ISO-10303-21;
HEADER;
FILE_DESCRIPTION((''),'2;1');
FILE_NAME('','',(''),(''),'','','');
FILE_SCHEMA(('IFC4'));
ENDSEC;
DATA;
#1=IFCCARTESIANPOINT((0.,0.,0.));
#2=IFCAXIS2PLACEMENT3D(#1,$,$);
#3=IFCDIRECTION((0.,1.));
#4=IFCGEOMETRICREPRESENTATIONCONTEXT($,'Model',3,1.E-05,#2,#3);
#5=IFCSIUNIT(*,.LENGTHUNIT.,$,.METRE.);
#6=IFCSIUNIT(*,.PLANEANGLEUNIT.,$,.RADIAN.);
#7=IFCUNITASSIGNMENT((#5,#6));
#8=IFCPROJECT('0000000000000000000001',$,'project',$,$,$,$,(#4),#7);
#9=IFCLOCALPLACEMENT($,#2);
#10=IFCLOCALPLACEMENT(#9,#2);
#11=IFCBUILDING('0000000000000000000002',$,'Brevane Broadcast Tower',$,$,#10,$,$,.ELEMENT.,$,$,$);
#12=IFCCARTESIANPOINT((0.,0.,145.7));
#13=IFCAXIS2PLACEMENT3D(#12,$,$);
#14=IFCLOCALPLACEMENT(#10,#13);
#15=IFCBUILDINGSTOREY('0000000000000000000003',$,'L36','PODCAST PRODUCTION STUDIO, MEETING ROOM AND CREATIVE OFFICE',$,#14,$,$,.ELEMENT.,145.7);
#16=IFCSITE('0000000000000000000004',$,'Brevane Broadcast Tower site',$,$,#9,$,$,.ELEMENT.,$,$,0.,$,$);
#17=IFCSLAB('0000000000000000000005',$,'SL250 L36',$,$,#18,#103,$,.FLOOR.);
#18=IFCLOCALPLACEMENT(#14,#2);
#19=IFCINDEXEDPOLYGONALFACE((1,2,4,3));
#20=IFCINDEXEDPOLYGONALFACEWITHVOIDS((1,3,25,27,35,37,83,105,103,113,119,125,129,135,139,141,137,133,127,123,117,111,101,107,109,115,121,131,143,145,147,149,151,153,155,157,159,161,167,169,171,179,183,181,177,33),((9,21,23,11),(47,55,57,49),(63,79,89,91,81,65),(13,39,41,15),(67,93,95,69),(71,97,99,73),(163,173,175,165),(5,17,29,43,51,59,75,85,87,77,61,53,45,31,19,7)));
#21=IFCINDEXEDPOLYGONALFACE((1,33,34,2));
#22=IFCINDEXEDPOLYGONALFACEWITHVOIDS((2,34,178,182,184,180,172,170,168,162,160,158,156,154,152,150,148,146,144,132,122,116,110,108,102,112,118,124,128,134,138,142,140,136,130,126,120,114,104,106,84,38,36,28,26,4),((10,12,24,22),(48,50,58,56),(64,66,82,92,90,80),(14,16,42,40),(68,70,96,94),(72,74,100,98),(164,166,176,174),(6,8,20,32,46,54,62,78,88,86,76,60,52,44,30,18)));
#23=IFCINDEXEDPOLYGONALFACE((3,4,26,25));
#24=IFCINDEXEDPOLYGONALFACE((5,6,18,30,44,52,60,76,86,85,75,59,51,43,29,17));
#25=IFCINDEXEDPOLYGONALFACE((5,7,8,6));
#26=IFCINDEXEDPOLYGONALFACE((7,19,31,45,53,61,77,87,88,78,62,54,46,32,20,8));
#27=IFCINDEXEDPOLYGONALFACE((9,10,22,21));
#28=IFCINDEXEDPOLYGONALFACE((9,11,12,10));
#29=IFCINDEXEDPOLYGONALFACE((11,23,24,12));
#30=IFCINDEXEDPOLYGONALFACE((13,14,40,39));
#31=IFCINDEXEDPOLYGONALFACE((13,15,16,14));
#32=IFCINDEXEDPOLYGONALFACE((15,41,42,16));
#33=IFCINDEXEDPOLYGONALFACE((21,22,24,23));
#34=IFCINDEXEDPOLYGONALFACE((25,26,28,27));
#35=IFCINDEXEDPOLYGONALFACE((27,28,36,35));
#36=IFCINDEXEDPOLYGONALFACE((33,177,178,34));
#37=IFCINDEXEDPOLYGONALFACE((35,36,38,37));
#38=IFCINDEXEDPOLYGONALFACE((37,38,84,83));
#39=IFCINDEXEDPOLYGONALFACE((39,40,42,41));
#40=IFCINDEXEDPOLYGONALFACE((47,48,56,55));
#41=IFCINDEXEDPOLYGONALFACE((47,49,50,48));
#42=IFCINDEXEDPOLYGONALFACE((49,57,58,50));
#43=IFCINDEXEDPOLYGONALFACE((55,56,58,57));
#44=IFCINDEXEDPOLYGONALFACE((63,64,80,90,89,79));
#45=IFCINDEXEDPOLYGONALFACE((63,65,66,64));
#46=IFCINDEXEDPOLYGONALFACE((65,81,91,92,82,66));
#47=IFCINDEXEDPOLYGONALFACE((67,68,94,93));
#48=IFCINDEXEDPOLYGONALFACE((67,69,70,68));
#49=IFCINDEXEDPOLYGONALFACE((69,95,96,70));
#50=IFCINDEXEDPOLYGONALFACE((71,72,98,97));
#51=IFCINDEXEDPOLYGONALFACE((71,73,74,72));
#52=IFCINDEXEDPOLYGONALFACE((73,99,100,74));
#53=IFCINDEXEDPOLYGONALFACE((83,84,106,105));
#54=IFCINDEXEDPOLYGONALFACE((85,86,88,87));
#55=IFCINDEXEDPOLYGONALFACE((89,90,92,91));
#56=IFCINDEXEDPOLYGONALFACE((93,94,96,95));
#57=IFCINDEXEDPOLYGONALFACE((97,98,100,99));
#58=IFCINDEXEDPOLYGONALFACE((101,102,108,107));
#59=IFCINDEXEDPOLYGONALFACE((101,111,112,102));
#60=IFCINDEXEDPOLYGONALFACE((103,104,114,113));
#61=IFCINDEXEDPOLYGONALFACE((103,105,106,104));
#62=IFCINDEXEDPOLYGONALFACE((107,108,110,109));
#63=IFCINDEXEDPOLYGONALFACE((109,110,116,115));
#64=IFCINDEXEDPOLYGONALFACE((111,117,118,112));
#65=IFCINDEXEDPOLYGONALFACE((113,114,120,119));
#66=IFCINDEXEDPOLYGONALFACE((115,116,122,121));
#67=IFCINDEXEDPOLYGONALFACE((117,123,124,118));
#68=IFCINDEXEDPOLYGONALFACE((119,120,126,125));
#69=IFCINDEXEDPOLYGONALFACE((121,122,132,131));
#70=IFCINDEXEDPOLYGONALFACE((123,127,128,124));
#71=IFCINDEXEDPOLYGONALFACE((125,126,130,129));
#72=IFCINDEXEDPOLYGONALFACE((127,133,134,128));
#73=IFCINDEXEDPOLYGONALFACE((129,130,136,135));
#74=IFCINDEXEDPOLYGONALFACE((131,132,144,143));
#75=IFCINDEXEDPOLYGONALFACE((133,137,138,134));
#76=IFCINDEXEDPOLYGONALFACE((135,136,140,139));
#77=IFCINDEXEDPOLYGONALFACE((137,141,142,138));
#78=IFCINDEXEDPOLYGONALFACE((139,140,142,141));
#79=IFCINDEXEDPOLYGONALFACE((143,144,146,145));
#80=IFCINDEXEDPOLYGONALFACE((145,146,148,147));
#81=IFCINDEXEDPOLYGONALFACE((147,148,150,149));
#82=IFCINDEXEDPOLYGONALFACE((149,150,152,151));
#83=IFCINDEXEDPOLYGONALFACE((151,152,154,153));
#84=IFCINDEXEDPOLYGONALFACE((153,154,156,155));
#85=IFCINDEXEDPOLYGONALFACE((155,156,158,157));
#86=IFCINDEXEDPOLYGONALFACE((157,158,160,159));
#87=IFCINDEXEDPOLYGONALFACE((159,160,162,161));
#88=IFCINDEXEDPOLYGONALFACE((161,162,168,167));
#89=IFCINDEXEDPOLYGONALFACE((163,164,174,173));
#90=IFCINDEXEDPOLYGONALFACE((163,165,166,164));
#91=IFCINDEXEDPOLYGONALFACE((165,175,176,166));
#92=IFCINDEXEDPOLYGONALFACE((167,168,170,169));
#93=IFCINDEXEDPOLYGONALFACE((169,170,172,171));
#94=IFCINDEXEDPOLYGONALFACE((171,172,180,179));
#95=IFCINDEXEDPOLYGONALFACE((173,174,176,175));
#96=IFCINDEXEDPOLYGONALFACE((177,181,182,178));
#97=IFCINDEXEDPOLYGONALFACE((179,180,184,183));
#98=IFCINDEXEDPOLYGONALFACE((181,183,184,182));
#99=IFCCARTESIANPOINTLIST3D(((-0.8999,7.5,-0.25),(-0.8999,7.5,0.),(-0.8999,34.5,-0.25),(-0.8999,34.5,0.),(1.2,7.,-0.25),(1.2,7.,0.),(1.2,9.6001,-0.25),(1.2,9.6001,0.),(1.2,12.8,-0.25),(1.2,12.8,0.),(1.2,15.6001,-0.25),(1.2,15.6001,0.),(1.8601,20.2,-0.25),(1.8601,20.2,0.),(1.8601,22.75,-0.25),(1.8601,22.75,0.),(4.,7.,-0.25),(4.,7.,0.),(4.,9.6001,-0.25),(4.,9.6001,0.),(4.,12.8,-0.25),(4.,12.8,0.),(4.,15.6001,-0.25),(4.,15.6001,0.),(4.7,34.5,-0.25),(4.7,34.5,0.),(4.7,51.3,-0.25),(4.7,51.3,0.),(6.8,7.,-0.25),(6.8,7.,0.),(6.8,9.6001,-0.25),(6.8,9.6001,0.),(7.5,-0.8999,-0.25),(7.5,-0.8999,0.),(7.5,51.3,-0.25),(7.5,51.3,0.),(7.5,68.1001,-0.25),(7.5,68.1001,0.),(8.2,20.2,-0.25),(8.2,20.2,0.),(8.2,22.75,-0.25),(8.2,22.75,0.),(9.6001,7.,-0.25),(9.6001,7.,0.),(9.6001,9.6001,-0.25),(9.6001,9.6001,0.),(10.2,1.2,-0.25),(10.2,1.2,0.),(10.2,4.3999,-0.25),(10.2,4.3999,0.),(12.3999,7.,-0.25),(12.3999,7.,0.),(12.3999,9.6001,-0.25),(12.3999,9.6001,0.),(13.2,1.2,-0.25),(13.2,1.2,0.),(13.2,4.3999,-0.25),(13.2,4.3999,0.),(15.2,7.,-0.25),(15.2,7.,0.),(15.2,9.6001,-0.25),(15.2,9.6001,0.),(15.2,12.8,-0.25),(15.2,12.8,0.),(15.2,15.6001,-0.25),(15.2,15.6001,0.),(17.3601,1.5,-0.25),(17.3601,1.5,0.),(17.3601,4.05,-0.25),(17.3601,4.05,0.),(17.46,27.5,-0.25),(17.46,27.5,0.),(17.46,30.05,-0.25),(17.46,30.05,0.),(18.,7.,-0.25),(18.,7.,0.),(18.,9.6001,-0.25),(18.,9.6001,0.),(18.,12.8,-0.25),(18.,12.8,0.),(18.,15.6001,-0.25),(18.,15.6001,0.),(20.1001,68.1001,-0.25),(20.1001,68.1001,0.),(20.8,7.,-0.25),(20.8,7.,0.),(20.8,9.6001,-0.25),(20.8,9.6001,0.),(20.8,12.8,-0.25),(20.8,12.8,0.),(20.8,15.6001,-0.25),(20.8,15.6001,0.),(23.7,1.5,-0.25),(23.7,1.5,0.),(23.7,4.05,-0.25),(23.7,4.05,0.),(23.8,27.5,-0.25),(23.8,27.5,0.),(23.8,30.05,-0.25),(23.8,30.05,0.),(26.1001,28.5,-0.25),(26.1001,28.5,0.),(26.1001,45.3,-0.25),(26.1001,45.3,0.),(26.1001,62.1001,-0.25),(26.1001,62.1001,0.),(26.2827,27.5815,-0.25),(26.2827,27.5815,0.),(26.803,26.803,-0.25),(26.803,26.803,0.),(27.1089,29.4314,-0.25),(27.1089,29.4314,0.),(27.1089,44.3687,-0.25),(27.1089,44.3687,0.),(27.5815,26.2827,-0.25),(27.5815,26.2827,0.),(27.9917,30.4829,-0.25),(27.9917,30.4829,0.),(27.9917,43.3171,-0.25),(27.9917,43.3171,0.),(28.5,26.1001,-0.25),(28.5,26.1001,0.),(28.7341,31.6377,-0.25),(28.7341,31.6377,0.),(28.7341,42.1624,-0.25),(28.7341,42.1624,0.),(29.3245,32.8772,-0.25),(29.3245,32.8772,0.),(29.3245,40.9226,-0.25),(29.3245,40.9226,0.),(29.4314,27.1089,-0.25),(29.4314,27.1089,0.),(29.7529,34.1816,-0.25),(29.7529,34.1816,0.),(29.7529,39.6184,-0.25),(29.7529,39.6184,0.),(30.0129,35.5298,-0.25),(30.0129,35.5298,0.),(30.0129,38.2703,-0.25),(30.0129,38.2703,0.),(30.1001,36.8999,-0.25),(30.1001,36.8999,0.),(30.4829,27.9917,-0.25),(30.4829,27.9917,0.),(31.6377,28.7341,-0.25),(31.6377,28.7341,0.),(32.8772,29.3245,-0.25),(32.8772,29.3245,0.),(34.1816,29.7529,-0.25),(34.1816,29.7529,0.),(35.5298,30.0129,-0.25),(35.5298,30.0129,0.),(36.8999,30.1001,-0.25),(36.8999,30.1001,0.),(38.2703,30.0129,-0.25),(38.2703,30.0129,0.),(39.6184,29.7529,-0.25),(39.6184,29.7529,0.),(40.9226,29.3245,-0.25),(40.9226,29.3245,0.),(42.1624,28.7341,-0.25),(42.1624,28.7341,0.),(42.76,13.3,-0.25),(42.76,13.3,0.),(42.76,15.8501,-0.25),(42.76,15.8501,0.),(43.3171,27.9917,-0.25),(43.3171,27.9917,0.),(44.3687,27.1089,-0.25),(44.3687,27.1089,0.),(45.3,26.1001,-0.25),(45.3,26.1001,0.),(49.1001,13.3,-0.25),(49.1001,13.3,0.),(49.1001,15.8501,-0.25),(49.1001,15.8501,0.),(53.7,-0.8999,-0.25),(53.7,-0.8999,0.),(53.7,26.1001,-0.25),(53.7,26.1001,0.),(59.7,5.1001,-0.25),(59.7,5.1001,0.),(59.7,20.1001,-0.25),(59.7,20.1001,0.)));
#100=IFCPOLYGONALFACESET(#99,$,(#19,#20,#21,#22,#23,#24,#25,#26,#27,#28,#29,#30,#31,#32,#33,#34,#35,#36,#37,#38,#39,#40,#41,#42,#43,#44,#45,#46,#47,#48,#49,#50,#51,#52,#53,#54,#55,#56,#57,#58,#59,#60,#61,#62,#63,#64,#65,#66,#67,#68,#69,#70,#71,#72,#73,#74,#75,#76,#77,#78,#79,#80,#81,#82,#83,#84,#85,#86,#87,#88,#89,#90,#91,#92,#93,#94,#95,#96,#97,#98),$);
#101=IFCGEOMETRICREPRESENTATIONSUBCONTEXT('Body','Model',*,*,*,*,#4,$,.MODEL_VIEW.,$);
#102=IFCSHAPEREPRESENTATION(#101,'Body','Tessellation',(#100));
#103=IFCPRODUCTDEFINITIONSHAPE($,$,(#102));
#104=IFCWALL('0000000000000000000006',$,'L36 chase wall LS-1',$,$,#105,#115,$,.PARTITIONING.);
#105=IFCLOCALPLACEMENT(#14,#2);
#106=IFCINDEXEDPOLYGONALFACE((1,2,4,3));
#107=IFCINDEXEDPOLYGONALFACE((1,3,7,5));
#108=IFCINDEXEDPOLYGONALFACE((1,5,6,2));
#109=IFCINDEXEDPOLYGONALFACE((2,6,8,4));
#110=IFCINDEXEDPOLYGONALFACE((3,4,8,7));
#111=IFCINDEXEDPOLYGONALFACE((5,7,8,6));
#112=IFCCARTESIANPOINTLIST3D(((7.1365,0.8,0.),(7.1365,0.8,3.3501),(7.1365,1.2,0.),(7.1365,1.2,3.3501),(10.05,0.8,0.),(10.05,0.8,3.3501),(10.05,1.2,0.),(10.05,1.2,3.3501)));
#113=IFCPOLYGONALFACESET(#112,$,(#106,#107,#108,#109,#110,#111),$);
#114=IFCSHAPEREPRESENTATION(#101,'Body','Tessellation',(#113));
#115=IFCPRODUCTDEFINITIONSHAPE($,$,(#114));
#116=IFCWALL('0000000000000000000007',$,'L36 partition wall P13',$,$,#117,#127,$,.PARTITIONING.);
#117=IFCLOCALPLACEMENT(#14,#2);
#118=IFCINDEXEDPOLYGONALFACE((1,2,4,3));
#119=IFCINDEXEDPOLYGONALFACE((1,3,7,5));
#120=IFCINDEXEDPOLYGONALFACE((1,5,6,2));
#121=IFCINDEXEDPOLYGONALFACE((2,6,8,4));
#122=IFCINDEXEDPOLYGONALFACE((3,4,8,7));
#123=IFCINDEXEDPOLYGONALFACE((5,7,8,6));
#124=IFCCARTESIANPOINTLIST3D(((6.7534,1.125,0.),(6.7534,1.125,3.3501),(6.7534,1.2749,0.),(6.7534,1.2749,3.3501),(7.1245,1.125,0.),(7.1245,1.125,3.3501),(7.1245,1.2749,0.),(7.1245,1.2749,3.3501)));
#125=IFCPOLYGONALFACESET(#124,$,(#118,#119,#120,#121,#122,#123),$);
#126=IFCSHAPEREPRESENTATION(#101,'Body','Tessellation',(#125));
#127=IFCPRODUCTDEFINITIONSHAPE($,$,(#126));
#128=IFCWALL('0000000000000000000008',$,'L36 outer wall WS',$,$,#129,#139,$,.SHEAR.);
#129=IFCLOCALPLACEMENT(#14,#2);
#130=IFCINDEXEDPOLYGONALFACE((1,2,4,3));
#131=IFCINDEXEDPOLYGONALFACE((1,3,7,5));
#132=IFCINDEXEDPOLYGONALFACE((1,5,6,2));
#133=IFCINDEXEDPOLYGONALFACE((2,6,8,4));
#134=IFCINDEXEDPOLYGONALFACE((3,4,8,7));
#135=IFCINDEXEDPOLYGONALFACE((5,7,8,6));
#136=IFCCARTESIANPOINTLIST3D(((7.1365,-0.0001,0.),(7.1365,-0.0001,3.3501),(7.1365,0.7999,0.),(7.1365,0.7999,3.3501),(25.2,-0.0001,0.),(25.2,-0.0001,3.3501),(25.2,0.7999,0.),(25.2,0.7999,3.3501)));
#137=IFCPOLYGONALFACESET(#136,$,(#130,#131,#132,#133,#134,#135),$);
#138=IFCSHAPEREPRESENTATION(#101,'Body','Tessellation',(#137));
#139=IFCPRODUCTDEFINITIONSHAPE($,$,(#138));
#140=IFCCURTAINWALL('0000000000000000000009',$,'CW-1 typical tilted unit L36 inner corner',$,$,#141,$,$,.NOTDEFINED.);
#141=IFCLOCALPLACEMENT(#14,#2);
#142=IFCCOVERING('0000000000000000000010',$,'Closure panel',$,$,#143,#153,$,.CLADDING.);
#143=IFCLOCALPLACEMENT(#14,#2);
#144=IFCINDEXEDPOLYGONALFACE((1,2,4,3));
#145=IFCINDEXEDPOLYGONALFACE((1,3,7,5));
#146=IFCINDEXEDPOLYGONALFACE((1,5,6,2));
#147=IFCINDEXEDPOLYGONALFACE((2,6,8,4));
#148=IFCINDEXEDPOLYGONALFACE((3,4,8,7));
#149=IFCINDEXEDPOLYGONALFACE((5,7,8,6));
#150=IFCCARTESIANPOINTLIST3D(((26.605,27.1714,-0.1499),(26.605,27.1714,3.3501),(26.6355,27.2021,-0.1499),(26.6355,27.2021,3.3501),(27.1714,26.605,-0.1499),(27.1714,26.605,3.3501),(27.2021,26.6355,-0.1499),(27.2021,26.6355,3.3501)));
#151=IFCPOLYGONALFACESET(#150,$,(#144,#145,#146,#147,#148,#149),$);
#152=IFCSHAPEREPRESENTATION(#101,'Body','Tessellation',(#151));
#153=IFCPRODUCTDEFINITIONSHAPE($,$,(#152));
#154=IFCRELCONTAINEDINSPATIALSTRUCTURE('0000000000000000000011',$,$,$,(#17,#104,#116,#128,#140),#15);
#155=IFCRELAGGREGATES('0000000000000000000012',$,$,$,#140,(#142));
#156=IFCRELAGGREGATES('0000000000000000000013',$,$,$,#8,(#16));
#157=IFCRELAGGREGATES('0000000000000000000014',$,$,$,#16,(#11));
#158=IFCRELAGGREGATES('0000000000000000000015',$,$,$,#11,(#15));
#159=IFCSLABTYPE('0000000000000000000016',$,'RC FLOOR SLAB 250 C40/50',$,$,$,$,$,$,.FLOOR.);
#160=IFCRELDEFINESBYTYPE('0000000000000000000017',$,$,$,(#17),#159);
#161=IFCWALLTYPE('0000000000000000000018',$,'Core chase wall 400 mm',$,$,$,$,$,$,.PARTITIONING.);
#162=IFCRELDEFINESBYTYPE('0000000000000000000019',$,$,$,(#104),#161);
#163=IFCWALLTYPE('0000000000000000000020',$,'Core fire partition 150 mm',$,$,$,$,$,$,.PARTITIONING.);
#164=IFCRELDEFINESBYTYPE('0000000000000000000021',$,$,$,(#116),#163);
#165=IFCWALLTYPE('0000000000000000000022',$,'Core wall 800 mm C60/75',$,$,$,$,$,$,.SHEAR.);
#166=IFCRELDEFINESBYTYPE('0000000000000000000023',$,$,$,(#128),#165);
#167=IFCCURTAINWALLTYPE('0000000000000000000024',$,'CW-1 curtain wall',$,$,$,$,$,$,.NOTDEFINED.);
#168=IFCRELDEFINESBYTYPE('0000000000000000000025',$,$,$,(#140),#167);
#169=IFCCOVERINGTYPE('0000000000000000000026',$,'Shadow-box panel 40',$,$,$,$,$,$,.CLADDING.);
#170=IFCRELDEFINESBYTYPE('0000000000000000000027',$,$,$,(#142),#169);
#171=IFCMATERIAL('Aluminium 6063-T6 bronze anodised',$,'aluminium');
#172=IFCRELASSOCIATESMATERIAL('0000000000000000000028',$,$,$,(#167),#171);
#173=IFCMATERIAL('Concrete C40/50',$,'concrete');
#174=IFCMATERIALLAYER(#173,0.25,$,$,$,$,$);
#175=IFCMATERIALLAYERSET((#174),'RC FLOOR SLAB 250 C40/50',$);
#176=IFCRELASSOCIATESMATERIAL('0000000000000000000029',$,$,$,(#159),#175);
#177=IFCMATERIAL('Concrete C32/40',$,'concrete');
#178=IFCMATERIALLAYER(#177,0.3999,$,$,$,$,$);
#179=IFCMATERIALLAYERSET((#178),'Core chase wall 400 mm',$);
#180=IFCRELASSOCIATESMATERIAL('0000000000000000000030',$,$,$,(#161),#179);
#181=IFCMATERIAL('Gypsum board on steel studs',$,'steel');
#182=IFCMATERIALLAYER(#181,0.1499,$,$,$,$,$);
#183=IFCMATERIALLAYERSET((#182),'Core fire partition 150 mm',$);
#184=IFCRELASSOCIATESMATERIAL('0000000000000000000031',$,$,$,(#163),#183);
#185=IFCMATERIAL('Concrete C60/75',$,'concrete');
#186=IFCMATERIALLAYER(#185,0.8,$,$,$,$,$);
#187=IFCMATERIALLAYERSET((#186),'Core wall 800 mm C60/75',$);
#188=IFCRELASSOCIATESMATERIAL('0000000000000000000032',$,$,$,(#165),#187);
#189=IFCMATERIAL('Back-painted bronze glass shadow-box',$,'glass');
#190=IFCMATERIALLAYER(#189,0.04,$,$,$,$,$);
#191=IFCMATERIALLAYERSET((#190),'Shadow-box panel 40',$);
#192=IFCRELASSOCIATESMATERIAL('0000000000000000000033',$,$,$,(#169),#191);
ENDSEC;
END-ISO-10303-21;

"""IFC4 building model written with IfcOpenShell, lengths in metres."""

from ifc_helpers import new_model, si_unit, direction, frame, frame_2d, origin, place, context, subcontext, project, spatial, polyline, rectangle, outline, extrude, material, layer, layer_set, type_object, element, aggregate, save


model = new_model("IFC4")

# Units and contexts
model_context = context("Model", 3, precision=1e-05, world=origin(), true_north=direction((0.0, 1.0)))
body_context = subcontext(model_context, "Body", "Model", "MODEL_VIEW")
ifc_project = project(units=[si_unit("LENGTHUNIT", "METRE"), si_unit("PLANEANGLEUNIT", "RADIAN")], contexts=[model_context])

# Site, building, storey
site_placement = place(None, origin())
site = spatial("IfcSite", under=ifc_project, at=site_placement, Name="Brevane Broadcast Tower site", CompositionType="ELEMENT", RefElevation=0.0)
building_placement = place(site_placement, origin())
building = spatial("IfcBuilding", under=site, at=building_placement, Name="Brevane Broadcast Tower", CompositionType="ELEMENT")
storey_placement = place(building_placement, frame((0.0, 0.0, 145.7)))
storey = spatial("IfcBuildingStorey", under=building, at=storey_placement, Name="L36", Description="PODCAST PRODUCTION STUDIO, MEETING ROOM AND CREATIVE OFFICE", CompositionType="ELEMENT", Elevation=145.7)

# Shared definitions
ifc_material_1 = material(Name="Aluminium 6063-T6 bronze anodised", Category="aluminium")
curtain_wall_type = type_object("IfcCurtainWallType", Name="CW-1 curtain wall", PredefinedType="NOTDEFINED", material=ifc_material_1)

# Slab
ifc_material_2 = material(Name="Concrete C40/50", Category="concrete")
ifc_layer_1 = layer(ifc_material_2, 0.25)
ifc_layer_set_1 = layer_set([ifc_layer_1], Name="RC FLOOR SLAB 250 C40/50")
slab_type_1 = type_object("IfcSlabType", Name="RC FLOOR SLAB 250 C40/50", PredefinedType="FLOOR", material=ifc_layer_set_1)
slab_1_placement = place(storey_placement, frame((0.0, 0.0, -0.25)))
element("IfcSlab", 1, at=slab_1_placement, inside=storey, type_object=slab_type_1, Name="SL250 L36", PredefinedType="FLOOR", context=body_context, shape_type="SweptSolid", body=[
    extrude(outline(polyline([(-0.8999, 7.5), (-0.8999, 34.5), (4.7, 34.5), (4.7, 51.3), (7.5, 51.3), (7.5, 68.1001), (20.1001, 68.1001), (26.1001, 62.1001), (26.1001, 45.3), (27.1089, 44.3687), (27.9917, 43.3171), (28.7341, 42.1624), (29.3245, 40.9226), (29.7529, 39.6184), (30.0129, 38.2703), (30.1001, 36.8999), (30.0129, 35.5298), (29.7529, 34.1816), (29.3245, 32.8772), (28.7341, 31.6377), (27.9917, 30.4829), (27.1089, 29.4314), (26.1001, 28.5), (26.2827, 27.5815), (26.803, 26.803), (27.5815, 26.2827), (28.5, 26.1001), (29.4314, 27.1089), (30.4829, 27.9917), (31.6377, 28.7341), (32.8772, 29.3245), (34.1816, 29.7529), (35.5298, 30.0129), (36.8999, 30.1001), (38.2703, 30.0129), (39.6184, 29.7529), (40.9226, 29.3245), (42.1624, 28.7341), (43.3171, 27.9917), (44.3687, 27.1089), (45.3, 26.1001), (53.7, 26.1001), (59.7, 20.1001), (59.7, 5.1001), (53.7, -0.8999), (7.5, -0.8999), (-0.8999, 7.5)]), holes=[polyline([(13.2, 4.3999), (10.2, 4.3999), (10.2, 1.2), (13.2, 1.2), (13.2, 4.3999)]), polyline([(4.0, 9.6001), (1.2, 9.6001), (1.2, 7.0), (4.0, 7.0), (6.8, 7.0), (9.6001, 7.0), (12.3999, 7.0), (15.2, 7.0), (18.0, 7.0), (20.8, 7.0), (20.8, 9.6001), (18.0, 9.6001), (15.2, 9.6001), (12.3999, 9.6001), (9.6001, 9.6001), (6.8, 9.6001), (4.0, 9.6001)]), polyline([(4.0, 12.8), (4.0, 15.6001), (1.2, 15.6001), (1.2, 12.8), (4.0, 12.8)]), polyline([(8.2, 22.75), (1.8601, 22.75), (1.8601, 20.2), (8.2, 20.2), (8.2, 22.75)]), polyline([(23.7, 4.05), (17.3601, 4.05), (17.3601, 1.5), (23.7, 1.5), (23.7, 4.05)]), polyline([(18.0, 15.6001), (15.2, 15.6001), (15.2, 12.8), (18.0, 12.8), (20.8, 12.8), (20.8, 15.6001), (18.0, 15.6001)]), polyline([(49.1001, 15.8501), (42.76, 15.8501), (42.76, 13.3), (49.1001, 13.3), (49.1001, 15.8501)]), polyline([(23.8, 30.05), (17.46, 30.05), (17.46, 27.5), (23.8, 27.5), (23.8, 30.05)])]), origin(), (0.0, 0.0, 1.0), 0.25),
])

# Walls
ifc_material_3 = material(Name="Concrete C32/40", Category="concrete")
ifc_layer_2 = layer(ifc_material_3, 0.3999)
ifc_layer_set_2 = layer_set([ifc_layer_2], Name="Core chase wall 400 mm")
wall_type_1 = type_object("IfcWallType", Name="Core chase wall 400 mm", PredefinedType="PARTITIONING", material=ifc_layer_set_2)
wall_1_placement = place(storey_placement, frame((7.1365, 1.0, 0.0), z_axis=(0.0, 0.0, 1.0), x_axis=(1.0, 0.0, 0.0)))
element("IfcWall", 2, at=wall_1_placement, inside=storey, type_object=wall_type_1, Name="L36 chase wall LS-1", PredefinedType="PARTITIONING", context=body_context, shape_type="SweptSolid", body=[
    extrude(rectangle(XDim=2.9136, YDim=0.3999, at=frame_2d((1.4568, 0.0))), origin(), (0.0, 0.0, 1.0), 3.3501),
])
ifc_material_4 = material(Name="Gypsum board on steel studs", Category="steel")
ifc_layer_3 = layer(ifc_material_4, 0.1499)
ifc_layer_set_3 = layer_set([ifc_layer_3], Name="Core fire partition 150 mm")
wall_type_2 = type_object("IfcWallType", Name="Core fire partition 150 mm", PredefinedType="PARTITIONING", material=ifc_layer_set_3)
wall_2_placement = place(storey_placement, frame((7.1245, 1.2, 0.0), z_axis=(0.0, 0.0, 1.0), x_axis=(-1.0, 0.0, 0.0)))
element("IfcWall", 3, at=wall_2_placement, inside=storey, type_object=wall_type_2, Name="L36 partition wall P13", PredefinedType="PARTITIONING", context=body_context, shape_type="SweptSolid", body=[
    extrude(rectangle(XDim=0.3711, YDim=0.1499, at=frame_2d((0.1855, 0.0))), origin(), (0.0, 0.0, 1.0), 3.3501),
])
ifc_material_5 = material(Name="Concrete C60/75", Category="concrete")
ifc_layer_4 = layer(ifc_material_5, 0.8)
ifc_layer_set_4 = layer_set([ifc_layer_4], Name="Core wall 800 mm C60/75")
wall_type_3 = type_object("IfcWallType", Name="Core wall 800 mm C60/75", PredefinedType="SHEAR", material=ifc_layer_set_4)
wall_3_placement = place(storey_placement, frame((7.1365, 0.3999, 0.0), z_axis=(0.0, 0.0, 1.0), x_axis=(1.0, 0.0, 0.0)))
element("IfcWall", 4, at=wall_3_placement, inside=storey, type_object=wall_type_3, Name="L36 outer wall WS", PredefinedType="SHEAR", context=body_context, shape_type="SweptSolid", body=[
    extrude(rectangle(XDim=18.0635, YDim=0.8, at=frame_2d((9.0317, 0.0))), origin(), (0.0, 0.0, 1.0), 3.3501),
])

# Curtain wall, covering
curtain_wall_1_placement = place(storey_placement, origin())
curtain_wall_1 = element("IfcCurtainWall", 5, at=curtain_wall_1_placement, inside=storey, type_object=curtain_wall_type, Name="CW-1 typical tilted unit L36 inner corner", PredefinedType="NOTDEFINED")
ifc_material_6 = material(Name="Back-painted bronze glass shadow-box", Category="glass")
ifc_layer_5 = layer(ifc_material_6, 0.04)
ifc_layer_set_5 = layer_set([ifc_layer_5], Name="Shadow-box panel 40")
covering_type = type_object("IfcCoveringType", Name="Shadow-box panel 40", PredefinedType="CLADDING", material=ifc_layer_set_5)
covering_placement = place(storey_placement, frame((0.0, 0.0, -0.1499)))
covering = element("IfcCovering", 6, at=covering_placement, type_object=covering_type, Name="Closure panel", PredefinedType="CLADDING", context=body_context, shape_type="SweptSolid", body=[
    extrude(outline(polyline([(27.1714, 26.605), (27.2021, 26.6355), (26.6355, 27.2021), (26.605, 27.1714), (27.1714, 26.605)])), origin(), (0.0, 0.0, 1.0), 3.5),
])
aggregate(curtain_wall_1, [covering])

save(model, "model.ifc")
